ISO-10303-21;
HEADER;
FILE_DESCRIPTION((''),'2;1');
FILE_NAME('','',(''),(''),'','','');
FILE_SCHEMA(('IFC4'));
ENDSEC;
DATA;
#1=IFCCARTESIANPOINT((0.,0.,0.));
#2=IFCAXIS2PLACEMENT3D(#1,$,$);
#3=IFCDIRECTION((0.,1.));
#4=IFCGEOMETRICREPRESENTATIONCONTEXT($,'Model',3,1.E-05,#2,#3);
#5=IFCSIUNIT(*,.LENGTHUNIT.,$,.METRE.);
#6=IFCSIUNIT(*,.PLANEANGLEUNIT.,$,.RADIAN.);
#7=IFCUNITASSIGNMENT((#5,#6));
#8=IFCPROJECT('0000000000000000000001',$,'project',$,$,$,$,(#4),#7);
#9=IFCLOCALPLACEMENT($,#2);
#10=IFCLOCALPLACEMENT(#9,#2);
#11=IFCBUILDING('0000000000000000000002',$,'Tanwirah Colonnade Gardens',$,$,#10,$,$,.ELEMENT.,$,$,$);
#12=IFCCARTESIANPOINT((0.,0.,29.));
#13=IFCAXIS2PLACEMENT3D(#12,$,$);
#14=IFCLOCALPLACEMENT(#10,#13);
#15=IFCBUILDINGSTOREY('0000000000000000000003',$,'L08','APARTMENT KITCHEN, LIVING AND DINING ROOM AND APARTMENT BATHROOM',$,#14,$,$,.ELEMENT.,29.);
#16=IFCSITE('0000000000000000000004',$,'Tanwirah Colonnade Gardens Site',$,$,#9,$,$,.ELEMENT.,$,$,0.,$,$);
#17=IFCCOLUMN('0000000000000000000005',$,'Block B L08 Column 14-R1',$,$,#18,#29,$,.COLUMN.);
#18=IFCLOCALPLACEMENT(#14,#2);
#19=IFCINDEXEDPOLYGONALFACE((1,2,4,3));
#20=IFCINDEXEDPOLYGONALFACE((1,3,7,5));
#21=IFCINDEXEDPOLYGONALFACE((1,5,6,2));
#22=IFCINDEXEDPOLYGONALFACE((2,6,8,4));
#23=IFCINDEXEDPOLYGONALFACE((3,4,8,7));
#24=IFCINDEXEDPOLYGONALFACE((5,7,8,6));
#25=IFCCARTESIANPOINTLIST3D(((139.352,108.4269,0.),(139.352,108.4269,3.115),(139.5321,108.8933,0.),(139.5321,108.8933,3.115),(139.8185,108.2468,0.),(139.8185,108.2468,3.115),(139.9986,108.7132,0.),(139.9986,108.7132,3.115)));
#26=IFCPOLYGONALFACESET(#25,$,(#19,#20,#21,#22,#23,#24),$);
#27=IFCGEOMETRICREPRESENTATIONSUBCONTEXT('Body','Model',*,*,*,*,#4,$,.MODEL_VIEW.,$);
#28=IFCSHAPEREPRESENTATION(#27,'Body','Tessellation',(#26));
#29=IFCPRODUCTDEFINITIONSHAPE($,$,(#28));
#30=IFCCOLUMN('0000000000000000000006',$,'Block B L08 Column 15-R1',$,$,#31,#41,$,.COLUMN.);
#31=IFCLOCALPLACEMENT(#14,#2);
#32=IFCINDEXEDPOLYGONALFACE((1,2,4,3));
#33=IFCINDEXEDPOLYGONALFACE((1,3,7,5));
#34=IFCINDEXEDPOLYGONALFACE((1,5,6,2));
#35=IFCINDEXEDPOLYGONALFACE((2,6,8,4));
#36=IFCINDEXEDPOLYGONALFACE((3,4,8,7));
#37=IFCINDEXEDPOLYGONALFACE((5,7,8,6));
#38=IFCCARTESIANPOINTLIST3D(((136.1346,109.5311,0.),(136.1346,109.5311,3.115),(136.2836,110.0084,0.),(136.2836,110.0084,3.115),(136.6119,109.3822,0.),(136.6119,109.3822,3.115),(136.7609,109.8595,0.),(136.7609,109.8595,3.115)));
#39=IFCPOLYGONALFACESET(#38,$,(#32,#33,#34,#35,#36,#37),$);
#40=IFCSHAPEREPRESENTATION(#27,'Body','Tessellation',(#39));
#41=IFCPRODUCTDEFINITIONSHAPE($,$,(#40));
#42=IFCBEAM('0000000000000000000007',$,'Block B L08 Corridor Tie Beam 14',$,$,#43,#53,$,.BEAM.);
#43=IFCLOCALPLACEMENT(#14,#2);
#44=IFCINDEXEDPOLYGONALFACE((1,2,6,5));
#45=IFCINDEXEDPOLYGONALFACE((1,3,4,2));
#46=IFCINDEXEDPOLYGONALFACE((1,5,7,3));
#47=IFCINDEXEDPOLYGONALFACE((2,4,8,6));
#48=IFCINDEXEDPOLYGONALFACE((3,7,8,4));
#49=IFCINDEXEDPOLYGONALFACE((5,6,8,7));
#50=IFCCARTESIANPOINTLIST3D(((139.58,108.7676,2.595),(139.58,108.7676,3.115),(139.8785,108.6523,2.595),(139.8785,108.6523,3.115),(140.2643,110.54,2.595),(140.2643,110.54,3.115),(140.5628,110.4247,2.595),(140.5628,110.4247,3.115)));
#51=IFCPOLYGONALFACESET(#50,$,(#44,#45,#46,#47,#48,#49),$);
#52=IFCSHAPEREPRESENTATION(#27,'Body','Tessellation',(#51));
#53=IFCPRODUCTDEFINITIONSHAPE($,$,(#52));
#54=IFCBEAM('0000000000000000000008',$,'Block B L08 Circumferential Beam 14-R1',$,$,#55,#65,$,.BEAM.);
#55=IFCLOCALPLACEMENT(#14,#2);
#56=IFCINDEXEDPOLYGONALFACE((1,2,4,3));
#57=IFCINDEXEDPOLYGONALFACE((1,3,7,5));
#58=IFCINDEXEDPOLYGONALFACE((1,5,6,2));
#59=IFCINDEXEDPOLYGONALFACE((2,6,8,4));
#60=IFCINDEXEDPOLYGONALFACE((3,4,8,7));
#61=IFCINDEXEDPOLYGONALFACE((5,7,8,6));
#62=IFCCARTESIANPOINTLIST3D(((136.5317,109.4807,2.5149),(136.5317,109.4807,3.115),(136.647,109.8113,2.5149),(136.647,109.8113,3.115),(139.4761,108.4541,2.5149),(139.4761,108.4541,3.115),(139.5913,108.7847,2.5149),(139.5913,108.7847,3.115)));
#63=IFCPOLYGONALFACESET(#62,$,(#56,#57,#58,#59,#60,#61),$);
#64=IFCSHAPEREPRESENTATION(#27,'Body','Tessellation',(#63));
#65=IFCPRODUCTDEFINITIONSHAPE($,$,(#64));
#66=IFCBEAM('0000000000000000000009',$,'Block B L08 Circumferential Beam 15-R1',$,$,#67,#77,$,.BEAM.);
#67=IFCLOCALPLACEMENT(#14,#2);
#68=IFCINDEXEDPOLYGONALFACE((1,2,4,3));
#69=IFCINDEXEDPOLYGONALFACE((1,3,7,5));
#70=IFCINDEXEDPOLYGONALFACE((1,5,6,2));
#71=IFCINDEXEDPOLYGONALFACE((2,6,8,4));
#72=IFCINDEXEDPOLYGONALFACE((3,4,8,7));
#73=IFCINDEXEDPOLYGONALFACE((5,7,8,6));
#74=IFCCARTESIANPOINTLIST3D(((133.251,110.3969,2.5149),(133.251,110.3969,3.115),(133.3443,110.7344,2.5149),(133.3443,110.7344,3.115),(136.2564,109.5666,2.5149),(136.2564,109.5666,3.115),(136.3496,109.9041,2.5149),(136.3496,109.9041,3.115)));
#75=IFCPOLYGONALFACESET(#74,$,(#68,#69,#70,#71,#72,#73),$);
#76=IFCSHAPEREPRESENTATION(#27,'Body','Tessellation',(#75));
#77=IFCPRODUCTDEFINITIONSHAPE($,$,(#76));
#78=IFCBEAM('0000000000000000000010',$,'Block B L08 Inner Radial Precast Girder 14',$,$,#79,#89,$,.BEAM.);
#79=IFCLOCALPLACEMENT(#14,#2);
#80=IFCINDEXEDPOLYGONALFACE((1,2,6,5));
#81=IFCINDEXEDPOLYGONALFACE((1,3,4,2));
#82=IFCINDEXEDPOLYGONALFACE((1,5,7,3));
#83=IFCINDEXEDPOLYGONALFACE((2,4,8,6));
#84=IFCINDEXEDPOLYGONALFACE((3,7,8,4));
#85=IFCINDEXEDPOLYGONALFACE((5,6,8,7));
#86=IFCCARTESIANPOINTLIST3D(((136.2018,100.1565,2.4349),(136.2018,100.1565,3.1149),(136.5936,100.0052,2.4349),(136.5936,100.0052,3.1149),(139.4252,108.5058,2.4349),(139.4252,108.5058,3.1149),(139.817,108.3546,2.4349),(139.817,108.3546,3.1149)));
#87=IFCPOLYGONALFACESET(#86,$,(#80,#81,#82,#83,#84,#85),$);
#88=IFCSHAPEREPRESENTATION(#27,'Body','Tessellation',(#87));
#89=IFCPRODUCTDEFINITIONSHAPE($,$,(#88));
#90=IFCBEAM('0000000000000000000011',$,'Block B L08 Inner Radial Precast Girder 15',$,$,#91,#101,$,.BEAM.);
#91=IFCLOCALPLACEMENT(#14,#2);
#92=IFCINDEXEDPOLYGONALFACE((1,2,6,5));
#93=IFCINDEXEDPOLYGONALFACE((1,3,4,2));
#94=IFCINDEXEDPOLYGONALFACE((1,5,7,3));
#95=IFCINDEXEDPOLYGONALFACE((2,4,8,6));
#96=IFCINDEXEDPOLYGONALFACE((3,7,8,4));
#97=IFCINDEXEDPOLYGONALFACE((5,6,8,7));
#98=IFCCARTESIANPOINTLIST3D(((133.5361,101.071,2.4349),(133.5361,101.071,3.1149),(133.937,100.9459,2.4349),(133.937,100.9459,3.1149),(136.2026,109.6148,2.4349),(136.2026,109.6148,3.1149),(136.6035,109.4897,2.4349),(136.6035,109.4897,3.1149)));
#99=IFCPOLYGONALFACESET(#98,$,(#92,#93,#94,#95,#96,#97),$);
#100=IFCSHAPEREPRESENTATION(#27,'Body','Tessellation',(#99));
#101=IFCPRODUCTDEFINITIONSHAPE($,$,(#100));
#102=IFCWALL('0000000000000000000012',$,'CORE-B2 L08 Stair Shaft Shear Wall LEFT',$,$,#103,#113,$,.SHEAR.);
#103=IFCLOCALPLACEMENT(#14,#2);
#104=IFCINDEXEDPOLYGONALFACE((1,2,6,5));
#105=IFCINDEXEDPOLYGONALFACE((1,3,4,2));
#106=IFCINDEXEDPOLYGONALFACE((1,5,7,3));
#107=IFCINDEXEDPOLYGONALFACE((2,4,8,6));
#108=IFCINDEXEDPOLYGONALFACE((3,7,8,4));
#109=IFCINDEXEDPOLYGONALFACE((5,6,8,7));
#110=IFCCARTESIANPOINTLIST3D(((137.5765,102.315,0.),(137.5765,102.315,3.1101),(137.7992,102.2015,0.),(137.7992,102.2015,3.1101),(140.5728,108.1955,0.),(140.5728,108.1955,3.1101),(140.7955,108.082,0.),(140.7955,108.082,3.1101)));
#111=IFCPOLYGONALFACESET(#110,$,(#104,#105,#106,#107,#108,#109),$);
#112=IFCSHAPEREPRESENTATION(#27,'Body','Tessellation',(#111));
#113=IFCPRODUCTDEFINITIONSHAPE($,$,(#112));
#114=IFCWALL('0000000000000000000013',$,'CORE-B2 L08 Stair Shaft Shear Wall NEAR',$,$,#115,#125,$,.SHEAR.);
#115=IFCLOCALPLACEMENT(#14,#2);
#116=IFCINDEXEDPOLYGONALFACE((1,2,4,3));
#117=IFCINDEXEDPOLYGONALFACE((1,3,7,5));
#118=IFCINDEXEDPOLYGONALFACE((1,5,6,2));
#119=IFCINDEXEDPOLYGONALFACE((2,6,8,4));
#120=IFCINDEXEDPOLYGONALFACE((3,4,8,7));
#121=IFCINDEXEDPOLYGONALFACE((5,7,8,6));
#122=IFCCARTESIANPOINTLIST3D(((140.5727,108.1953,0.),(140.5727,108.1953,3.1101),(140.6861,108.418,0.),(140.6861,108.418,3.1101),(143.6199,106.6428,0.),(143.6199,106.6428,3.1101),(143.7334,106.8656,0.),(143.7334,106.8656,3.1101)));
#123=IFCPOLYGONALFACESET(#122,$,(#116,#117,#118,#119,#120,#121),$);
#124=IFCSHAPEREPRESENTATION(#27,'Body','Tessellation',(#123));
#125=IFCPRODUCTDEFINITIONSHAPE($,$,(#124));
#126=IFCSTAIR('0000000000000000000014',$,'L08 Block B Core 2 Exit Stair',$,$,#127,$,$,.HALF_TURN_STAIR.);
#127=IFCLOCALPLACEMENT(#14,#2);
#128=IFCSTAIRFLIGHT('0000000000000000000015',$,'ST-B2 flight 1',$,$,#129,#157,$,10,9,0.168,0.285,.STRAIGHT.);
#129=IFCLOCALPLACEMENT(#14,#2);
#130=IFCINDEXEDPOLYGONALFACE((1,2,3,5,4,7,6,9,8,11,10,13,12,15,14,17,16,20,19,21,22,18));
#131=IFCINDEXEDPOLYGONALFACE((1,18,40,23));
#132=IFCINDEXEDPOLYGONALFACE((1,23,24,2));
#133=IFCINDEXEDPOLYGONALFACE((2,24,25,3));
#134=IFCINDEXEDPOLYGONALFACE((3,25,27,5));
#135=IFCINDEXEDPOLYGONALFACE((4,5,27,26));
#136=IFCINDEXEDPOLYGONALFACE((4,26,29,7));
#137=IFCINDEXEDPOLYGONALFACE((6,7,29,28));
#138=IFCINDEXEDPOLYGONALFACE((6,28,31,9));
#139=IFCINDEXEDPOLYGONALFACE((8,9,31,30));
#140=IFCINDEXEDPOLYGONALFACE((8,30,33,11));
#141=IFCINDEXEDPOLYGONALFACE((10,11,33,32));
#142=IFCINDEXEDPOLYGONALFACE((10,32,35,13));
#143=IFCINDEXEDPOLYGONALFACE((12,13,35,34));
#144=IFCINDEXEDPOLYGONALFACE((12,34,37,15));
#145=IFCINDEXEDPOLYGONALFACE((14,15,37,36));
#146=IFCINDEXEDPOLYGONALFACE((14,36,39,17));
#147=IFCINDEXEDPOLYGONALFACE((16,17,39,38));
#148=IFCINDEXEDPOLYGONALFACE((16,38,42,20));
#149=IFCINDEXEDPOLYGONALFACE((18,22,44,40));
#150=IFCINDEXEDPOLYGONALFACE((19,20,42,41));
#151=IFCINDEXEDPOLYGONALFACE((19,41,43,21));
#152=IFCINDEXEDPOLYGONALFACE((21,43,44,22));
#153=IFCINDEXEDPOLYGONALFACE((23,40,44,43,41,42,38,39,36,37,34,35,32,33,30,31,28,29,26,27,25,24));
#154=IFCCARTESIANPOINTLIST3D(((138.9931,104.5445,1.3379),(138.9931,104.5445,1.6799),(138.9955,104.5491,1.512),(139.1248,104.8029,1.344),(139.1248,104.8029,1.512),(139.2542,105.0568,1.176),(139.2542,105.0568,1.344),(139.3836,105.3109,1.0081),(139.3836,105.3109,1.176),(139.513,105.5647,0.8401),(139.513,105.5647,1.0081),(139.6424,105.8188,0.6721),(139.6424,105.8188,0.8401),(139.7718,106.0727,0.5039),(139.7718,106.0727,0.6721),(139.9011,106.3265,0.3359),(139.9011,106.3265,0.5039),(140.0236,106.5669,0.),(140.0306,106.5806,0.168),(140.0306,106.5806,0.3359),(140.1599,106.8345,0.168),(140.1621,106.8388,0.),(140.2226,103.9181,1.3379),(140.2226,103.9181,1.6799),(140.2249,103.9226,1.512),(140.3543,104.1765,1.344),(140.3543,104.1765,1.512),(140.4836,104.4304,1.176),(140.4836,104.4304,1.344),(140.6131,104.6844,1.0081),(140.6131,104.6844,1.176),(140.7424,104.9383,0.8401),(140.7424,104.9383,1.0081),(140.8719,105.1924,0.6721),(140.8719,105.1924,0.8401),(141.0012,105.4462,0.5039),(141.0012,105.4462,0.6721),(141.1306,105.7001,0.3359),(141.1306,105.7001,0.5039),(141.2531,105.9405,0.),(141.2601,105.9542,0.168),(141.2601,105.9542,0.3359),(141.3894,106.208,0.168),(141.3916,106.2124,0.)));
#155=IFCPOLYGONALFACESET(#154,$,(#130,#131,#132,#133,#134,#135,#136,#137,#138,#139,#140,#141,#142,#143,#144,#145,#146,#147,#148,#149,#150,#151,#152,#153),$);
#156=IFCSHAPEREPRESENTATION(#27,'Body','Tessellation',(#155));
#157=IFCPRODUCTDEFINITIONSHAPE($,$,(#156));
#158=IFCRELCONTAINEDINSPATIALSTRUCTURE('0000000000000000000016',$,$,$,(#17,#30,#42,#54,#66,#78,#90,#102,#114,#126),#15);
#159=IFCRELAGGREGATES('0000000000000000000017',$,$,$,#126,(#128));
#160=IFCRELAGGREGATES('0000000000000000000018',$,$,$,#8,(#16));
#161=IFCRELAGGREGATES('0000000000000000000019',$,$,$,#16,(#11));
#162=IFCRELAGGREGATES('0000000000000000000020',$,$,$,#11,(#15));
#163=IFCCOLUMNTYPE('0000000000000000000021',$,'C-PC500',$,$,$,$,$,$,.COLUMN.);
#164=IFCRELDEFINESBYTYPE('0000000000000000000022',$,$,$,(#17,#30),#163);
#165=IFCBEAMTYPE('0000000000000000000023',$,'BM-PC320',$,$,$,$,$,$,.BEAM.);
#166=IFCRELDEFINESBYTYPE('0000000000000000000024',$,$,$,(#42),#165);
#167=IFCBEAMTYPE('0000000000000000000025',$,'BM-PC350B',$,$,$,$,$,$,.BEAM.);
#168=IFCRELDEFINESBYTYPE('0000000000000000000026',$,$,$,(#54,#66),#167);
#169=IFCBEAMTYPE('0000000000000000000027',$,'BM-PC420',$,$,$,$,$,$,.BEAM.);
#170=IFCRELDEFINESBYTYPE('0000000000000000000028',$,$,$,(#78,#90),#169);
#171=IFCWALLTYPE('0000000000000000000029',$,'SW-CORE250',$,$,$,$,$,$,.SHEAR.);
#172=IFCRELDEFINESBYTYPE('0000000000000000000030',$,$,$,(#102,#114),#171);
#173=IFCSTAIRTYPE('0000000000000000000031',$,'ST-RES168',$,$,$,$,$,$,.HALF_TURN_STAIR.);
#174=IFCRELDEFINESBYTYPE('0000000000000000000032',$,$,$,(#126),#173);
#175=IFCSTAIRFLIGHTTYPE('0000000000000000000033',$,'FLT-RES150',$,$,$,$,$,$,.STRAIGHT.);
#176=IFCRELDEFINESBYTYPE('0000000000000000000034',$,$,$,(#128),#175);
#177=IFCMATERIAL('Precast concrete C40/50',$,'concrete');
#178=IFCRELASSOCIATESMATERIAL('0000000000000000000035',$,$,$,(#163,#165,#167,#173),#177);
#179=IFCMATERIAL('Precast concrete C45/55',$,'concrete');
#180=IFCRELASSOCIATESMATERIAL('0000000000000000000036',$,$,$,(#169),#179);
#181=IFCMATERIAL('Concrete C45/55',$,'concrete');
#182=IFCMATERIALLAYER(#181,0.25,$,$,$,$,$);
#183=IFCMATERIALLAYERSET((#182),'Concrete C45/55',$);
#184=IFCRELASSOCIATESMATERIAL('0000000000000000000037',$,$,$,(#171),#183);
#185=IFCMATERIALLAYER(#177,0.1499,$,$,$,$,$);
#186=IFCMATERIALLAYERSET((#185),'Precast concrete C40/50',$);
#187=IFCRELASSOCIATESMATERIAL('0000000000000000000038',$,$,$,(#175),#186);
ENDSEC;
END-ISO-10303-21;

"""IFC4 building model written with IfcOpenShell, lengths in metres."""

from ifc_helpers import new_model, si_unit, direction, frame, frame_2d, origin, origin_2d, place, context, subcontext, project, spatial, polyline, rectangle, outline, extrude, material, layer, layer_set, material_profile, profile_set, type_object, element, aggregate, save


model = new_model("IFC4")

# Units and contexts
model_context = context("Model", 3, precision=1e-05, world=origin(), true_north=direction((0.0, 1.0)))
body_context = subcontext(model_context, "Body", "Model", "MODEL_VIEW")
ifc_project = project(units=[si_unit("LENGTHUNIT", "METRE"), si_unit("PLANEANGLEUNIT", "RADIAN")], contexts=[model_context])

# Site, building, storey
site_placement = place(None, origin())
site = spatial("IfcSite", under=ifc_project, at=site_placement, Name="Tanwirah Colonnade Gardens Site", CompositionType="ELEMENT", RefElevation=0.0)
building_placement = place(site_placement, origin())
building = spatial("IfcBuilding", under=site, at=building_placement, Name="Tanwirah Colonnade Gardens", CompositionType="ELEMENT")
storey_placement = place(building_placement, frame((0.0, 0.0, 29.0)))
storey = spatial("IfcBuildingStorey", under=building, at=storey_placement, Name="L08", Description="APARTMENT KITCHEN, LIVING AND DINING ROOM AND APARTMENT BATHROOM", CompositionType="ELEMENT", Elevation=29.0)

# Columns
ifc_material_1 = material(Name="Precast concrete C40/50", Category="concrete")
ifc_material_profile_1 = material_profile(ifc_material_1, rectangle(XDim=0.5, YDim=0.5, at=origin_2d()), Name="PC-COL 500x500")
ifc_profile_set_1 = profile_set([ifc_material_profile_1], Name="Precast concrete C40/50")
column_type = type_object("IfcColumnType", Name="C-PC500", PredefinedType="COLUMN", material=ifc_profile_set_1)
for number, where, z_axis, x_axis, name in (
    (1, (139.6753, 108.5701, 0.0), (0.0, 0.0, 1.0), (0.360178, 0.932884, 0.0), "Block B L08 Column 14-R1"),
    (2, (136.4478, 109.6953, 0.0), (0.0, 0.0, 1.0), (0.29793, 0.954588, 0.0), "Block B L08 Column 15-R1"),
):
    element("IfcColumn", number, at=place(storey_placement, frame(where, z_axis=z_axis, x_axis=x_axis)), inside=storey, type_object=column_type, Name=name, PredefinedType="COLUMN", context=body_context, shape_type="SweptSolid", body=[
        extrude(rectangle(XDim=0.5, YDim=0.5, at=origin_2d()), origin(), (0.0, 0.0, 1.0), 3.115),
    ])

# Beams
ifc_material_profile_2 = material_profile(ifc_material_1, rectangle(XDim=0.3201, YDim=0.52, at=origin_2d()), Name="PC-BM 320x520")
ifc_profile_set_2 = profile_set([ifc_material_profile_2], Name="Precast concrete C40/50")
beam_type_1 = type_object("IfcBeamType", Name="BM-PC320", PredefinedType="BEAM", material=ifc_profile_set_2)
beam_1_placement = place(storey_placement, frame((139.7292, 108.71, 2.855), z_axis=(0.360176, 0.932885, 0.0), x_axis=(-0.932885, 0.360176, 0.0)))
element("IfcBeam", 3, at=beam_1_placement, inside=storey, type_object=beam_type_1, Name="Block B L08 Corridor Tie Beam 14", PredefinedType="BEAM", context=body_context, shape_type="SweptSolid", body=[
    extrude(rectangle(XDim=0.3201, YDim=0.52, at=origin_2d()), origin(), (0.0, 0.0, 1.0), 1.8999),
])
ifc_material_profile_3 = material_profile(ifc_material_1, rectangle(XDim=0.3501, YDim=0.6001, at=origin_2d()), Name="PC-BM 350x600")
ifc_profile_set_3 = profile_set([ifc_material_profile_3], Name="Precast concrete C40/50")
beam_type_2 = type_object("IfcBeamType", Name="BM-PC350B", PredefinedType="BEAM", material=ifc_profile_set_3)
beam_2_placement = place(storey_placement, frame((139.5337, 108.6194, 2.8149), z_axis=(-0.944248, 0.329234, 0.0), x_axis=(-0.329234, -0.944248, 0.0)))
element("IfcBeam", 4, at=beam_2_placement, inside=storey, type_object=beam_type_2, Name="Block B L08 Circumferential Beam 14-R1", PredefinedType="BEAM", context=body_context, shape_type="SweptSolid", body=[
    extrude(rectangle(XDim=0.3501, YDim=0.6001, at=origin_2d()), origin(), (0.0, 0.0, 1.0), 3.1182),
])
beam_3_placement = place(storey_placement, frame((136.303, 109.7354, 2.8149), z_axis=(-0.963889, 0.266303, 0.0), x_axis=(-0.266303, -0.963889, 0.0)))
element("IfcBeam", 5, at=beam_3_placement, inside=storey, type_object=beam_type_2, Name="Block B L08 Circumferential Beam 15-R1", PredefinedType="BEAM", context=body_context, shape_type="SweptSolid", body=[
    extrude(rectangle(XDim=0.3501, YDim=0.6001, at=origin_2d()), origin(), (0.0, 0.0, 1.0), 3.1179),
])
ifc_material_2 = material(Name="Precast concrete C45/55", Category="concrete")
ifc_material_profile_4 = material_profile(ifc_material_2, rectangle(XDim=0.4199, YDim=0.6799, at=origin_2d()), Name="PC-BM 420x680")
ifc_profile_set_4 = profile_set([ifc_material_profile_4], Name="Precast concrete C45/55")
beam_type_3 = type_object("IfcBeamType", Name="BM-PC420", PredefinedType="BEAM", material=ifc_profile_set_4)
beam_4_placement = place(storey_placement, frame((139.6211, 108.4302, 2.7749), z_axis=(-0.360156, -0.932892, 0.0), x_axis=(0.932892, -0.360156, 0.0)))
element("IfcBeam", 6, at=beam_4_placement, inside=storey, type_object=beam_type_3, Name="Block B L08 Inner Radial Precast Girder 14", PredefinedType="BEAM", context=body_context, shape_type="SweptSolid", body=[
    extrude(rectangle(XDim=0.4199, YDim=0.6799, at=origin_2d()), origin(), (0.0, 0.0, 1.0), 8.95),
])
beam_5_placement = place(storey_placement, frame((136.4031, 109.5522, 2.7749), z_axis=(-0.297929, -0.954588, 0.0), x_axis=(0.954588, -0.297929, 0.0)))
element("IfcBeam", 7, at=beam_5_placement, inside=storey, type_object=beam_type_3, Name="Block B L08 Inner Radial Precast Girder 15", PredefinedType="BEAM", context=body_context, shape_type="SweptSolid", body=[
    extrude(rectangle(XDim=0.4199, YDim=0.6799, at=origin_2d()), origin(), (0.0, 0.0, 1.0), 8.9502),
])

# Walls
ifc_material_3 = material(Name="Concrete C45/55", Category="concrete")
ifc_layer_1 = layer(ifc_material_3, 0.25)
ifc_layer_set_1 = layer_set([ifc_layer_1], Name="Concrete C45/55")
wall_type_1 = type_object("IfcWallType", Name="SW-CORE250", PredefinedType="SHEAR", material=ifc_layer_set_1)
wall_1_placement = place(storey_placement, frame((140.6841, 108.1387, 0.0), z_axis=(0.0, 0.0, 1.0), x_axis=(-0.453992, -0.891006, 0.0)))
element("IfcWall", 8, at=wall_1_placement, inside=storey, type_object=wall_type_1, Name="CORE-B2 L08 Stair Shaft Shear Wall LEFT", PredefinedType="SHEAR", context=body_context, shape_type="SweptSolid", body=[
    extrude(rectangle(XDim=6.5999, YDim=0.25, at=frame_2d((3.2998, 0.0))), origin(), (0.0, 0.0, 1.0), 3.1101),
])
wall_2_placement = place(storey_placement, frame((140.6294, 108.3066, 0.0), z_axis=(0.0, 0.0, 1.0), x_axis=(0.891032, -0.45394, 0.0)))
element("IfcWall", 9, at=wall_2_placement, inside=storey, type_object=wall_type_1, Name="CORE-B2 L08 Stair Shaft Shear Wall NEAR", PredefinedType="SHEAR", context=body_context, shape_type="SweptSolid", body=[
    extrude(rectangle(XDim=3.4199, YDim=0.25, at=frame_2d((1.71, 0.0))), origin(), (0.0, 0.0, 1.0), 3.1101),
])

# Stair, stair flight
stair_type = type_object("IfcStairType", Name="ST-RES168", PredefinedType="HALF_TURN_STAIR", material=ifc_material_1)
stair_placement = place(storey_placement, origin())
stair = element("IfcStair", 10, at=stair_placement, inside=storey, type_object=stair_type, Name="L08 Block B Core 2 Exit Stair", PredefinedType="HALF_TURN_STAIR")
ifc_layer_2 = layer(ifc_material_1, 0.1499)
ifc_layer_set_2 = layer_set([ifc_layer_2], Name="Precast concrete C40/50")
stair_flight_type = type_object("IfcStairFlightType", Name="FLT-RES150", PredefinedType="STRAIGHT", material=ifc_layer_set_2)
stair_flight_placement = place(storey_placement, frame((140.7747, 106.5212, 0.0), z_axis=(0.0, 0.0, 1.0), x_axis=(-0.45399, -0.891007, 0.0)))
stair_flight = element("IfcStairFlight", 11, at=stair_flight_placement, type_object=stair_flight_type, Name="ST-B2 flight 1", NumberOfRisers=10, NumberOfTreads=9, PredefinedType="STRAIGHT", RiserHeight=0.168, TreadLength=0.285, context=body_context, shape_type="SweptSolid", body=[
    extrude(outline(polyline([(-0.0049, 0.0), (0.0, 0.168), (0.2849, 0.168), (0.2849, 0.3359), (0.5701, 0.3359), (0.5701, 0.5039), (0.855, 0.5039), (0.855, 0.6721), (1.1399, 0.6721), (1.1399, 0.8401), (1.425, 0.8401), (1.425, 1.0081), (1.71, 1.0081), (1.71, 1.176), (1.9951, 1.176), (1.9951, 1.344), (2.28, 1.344), (2.28, 1.512), (2.5649, 1.512), (2.5701, 1.6799), (2.5701, 1.3379), (0.3003, 0.0), (-0.0049, 0.0)])), frame((0.0, 0.6899, 0.0), z_axis=(0.0, -1.0, 0.0), x_axis=(1.0, 0.0, 0.0)), (0.0, 0.0, 1.0), 1.3799),
])
aggregate(stair, [stair_flight])

save(model, "model.ifc")
